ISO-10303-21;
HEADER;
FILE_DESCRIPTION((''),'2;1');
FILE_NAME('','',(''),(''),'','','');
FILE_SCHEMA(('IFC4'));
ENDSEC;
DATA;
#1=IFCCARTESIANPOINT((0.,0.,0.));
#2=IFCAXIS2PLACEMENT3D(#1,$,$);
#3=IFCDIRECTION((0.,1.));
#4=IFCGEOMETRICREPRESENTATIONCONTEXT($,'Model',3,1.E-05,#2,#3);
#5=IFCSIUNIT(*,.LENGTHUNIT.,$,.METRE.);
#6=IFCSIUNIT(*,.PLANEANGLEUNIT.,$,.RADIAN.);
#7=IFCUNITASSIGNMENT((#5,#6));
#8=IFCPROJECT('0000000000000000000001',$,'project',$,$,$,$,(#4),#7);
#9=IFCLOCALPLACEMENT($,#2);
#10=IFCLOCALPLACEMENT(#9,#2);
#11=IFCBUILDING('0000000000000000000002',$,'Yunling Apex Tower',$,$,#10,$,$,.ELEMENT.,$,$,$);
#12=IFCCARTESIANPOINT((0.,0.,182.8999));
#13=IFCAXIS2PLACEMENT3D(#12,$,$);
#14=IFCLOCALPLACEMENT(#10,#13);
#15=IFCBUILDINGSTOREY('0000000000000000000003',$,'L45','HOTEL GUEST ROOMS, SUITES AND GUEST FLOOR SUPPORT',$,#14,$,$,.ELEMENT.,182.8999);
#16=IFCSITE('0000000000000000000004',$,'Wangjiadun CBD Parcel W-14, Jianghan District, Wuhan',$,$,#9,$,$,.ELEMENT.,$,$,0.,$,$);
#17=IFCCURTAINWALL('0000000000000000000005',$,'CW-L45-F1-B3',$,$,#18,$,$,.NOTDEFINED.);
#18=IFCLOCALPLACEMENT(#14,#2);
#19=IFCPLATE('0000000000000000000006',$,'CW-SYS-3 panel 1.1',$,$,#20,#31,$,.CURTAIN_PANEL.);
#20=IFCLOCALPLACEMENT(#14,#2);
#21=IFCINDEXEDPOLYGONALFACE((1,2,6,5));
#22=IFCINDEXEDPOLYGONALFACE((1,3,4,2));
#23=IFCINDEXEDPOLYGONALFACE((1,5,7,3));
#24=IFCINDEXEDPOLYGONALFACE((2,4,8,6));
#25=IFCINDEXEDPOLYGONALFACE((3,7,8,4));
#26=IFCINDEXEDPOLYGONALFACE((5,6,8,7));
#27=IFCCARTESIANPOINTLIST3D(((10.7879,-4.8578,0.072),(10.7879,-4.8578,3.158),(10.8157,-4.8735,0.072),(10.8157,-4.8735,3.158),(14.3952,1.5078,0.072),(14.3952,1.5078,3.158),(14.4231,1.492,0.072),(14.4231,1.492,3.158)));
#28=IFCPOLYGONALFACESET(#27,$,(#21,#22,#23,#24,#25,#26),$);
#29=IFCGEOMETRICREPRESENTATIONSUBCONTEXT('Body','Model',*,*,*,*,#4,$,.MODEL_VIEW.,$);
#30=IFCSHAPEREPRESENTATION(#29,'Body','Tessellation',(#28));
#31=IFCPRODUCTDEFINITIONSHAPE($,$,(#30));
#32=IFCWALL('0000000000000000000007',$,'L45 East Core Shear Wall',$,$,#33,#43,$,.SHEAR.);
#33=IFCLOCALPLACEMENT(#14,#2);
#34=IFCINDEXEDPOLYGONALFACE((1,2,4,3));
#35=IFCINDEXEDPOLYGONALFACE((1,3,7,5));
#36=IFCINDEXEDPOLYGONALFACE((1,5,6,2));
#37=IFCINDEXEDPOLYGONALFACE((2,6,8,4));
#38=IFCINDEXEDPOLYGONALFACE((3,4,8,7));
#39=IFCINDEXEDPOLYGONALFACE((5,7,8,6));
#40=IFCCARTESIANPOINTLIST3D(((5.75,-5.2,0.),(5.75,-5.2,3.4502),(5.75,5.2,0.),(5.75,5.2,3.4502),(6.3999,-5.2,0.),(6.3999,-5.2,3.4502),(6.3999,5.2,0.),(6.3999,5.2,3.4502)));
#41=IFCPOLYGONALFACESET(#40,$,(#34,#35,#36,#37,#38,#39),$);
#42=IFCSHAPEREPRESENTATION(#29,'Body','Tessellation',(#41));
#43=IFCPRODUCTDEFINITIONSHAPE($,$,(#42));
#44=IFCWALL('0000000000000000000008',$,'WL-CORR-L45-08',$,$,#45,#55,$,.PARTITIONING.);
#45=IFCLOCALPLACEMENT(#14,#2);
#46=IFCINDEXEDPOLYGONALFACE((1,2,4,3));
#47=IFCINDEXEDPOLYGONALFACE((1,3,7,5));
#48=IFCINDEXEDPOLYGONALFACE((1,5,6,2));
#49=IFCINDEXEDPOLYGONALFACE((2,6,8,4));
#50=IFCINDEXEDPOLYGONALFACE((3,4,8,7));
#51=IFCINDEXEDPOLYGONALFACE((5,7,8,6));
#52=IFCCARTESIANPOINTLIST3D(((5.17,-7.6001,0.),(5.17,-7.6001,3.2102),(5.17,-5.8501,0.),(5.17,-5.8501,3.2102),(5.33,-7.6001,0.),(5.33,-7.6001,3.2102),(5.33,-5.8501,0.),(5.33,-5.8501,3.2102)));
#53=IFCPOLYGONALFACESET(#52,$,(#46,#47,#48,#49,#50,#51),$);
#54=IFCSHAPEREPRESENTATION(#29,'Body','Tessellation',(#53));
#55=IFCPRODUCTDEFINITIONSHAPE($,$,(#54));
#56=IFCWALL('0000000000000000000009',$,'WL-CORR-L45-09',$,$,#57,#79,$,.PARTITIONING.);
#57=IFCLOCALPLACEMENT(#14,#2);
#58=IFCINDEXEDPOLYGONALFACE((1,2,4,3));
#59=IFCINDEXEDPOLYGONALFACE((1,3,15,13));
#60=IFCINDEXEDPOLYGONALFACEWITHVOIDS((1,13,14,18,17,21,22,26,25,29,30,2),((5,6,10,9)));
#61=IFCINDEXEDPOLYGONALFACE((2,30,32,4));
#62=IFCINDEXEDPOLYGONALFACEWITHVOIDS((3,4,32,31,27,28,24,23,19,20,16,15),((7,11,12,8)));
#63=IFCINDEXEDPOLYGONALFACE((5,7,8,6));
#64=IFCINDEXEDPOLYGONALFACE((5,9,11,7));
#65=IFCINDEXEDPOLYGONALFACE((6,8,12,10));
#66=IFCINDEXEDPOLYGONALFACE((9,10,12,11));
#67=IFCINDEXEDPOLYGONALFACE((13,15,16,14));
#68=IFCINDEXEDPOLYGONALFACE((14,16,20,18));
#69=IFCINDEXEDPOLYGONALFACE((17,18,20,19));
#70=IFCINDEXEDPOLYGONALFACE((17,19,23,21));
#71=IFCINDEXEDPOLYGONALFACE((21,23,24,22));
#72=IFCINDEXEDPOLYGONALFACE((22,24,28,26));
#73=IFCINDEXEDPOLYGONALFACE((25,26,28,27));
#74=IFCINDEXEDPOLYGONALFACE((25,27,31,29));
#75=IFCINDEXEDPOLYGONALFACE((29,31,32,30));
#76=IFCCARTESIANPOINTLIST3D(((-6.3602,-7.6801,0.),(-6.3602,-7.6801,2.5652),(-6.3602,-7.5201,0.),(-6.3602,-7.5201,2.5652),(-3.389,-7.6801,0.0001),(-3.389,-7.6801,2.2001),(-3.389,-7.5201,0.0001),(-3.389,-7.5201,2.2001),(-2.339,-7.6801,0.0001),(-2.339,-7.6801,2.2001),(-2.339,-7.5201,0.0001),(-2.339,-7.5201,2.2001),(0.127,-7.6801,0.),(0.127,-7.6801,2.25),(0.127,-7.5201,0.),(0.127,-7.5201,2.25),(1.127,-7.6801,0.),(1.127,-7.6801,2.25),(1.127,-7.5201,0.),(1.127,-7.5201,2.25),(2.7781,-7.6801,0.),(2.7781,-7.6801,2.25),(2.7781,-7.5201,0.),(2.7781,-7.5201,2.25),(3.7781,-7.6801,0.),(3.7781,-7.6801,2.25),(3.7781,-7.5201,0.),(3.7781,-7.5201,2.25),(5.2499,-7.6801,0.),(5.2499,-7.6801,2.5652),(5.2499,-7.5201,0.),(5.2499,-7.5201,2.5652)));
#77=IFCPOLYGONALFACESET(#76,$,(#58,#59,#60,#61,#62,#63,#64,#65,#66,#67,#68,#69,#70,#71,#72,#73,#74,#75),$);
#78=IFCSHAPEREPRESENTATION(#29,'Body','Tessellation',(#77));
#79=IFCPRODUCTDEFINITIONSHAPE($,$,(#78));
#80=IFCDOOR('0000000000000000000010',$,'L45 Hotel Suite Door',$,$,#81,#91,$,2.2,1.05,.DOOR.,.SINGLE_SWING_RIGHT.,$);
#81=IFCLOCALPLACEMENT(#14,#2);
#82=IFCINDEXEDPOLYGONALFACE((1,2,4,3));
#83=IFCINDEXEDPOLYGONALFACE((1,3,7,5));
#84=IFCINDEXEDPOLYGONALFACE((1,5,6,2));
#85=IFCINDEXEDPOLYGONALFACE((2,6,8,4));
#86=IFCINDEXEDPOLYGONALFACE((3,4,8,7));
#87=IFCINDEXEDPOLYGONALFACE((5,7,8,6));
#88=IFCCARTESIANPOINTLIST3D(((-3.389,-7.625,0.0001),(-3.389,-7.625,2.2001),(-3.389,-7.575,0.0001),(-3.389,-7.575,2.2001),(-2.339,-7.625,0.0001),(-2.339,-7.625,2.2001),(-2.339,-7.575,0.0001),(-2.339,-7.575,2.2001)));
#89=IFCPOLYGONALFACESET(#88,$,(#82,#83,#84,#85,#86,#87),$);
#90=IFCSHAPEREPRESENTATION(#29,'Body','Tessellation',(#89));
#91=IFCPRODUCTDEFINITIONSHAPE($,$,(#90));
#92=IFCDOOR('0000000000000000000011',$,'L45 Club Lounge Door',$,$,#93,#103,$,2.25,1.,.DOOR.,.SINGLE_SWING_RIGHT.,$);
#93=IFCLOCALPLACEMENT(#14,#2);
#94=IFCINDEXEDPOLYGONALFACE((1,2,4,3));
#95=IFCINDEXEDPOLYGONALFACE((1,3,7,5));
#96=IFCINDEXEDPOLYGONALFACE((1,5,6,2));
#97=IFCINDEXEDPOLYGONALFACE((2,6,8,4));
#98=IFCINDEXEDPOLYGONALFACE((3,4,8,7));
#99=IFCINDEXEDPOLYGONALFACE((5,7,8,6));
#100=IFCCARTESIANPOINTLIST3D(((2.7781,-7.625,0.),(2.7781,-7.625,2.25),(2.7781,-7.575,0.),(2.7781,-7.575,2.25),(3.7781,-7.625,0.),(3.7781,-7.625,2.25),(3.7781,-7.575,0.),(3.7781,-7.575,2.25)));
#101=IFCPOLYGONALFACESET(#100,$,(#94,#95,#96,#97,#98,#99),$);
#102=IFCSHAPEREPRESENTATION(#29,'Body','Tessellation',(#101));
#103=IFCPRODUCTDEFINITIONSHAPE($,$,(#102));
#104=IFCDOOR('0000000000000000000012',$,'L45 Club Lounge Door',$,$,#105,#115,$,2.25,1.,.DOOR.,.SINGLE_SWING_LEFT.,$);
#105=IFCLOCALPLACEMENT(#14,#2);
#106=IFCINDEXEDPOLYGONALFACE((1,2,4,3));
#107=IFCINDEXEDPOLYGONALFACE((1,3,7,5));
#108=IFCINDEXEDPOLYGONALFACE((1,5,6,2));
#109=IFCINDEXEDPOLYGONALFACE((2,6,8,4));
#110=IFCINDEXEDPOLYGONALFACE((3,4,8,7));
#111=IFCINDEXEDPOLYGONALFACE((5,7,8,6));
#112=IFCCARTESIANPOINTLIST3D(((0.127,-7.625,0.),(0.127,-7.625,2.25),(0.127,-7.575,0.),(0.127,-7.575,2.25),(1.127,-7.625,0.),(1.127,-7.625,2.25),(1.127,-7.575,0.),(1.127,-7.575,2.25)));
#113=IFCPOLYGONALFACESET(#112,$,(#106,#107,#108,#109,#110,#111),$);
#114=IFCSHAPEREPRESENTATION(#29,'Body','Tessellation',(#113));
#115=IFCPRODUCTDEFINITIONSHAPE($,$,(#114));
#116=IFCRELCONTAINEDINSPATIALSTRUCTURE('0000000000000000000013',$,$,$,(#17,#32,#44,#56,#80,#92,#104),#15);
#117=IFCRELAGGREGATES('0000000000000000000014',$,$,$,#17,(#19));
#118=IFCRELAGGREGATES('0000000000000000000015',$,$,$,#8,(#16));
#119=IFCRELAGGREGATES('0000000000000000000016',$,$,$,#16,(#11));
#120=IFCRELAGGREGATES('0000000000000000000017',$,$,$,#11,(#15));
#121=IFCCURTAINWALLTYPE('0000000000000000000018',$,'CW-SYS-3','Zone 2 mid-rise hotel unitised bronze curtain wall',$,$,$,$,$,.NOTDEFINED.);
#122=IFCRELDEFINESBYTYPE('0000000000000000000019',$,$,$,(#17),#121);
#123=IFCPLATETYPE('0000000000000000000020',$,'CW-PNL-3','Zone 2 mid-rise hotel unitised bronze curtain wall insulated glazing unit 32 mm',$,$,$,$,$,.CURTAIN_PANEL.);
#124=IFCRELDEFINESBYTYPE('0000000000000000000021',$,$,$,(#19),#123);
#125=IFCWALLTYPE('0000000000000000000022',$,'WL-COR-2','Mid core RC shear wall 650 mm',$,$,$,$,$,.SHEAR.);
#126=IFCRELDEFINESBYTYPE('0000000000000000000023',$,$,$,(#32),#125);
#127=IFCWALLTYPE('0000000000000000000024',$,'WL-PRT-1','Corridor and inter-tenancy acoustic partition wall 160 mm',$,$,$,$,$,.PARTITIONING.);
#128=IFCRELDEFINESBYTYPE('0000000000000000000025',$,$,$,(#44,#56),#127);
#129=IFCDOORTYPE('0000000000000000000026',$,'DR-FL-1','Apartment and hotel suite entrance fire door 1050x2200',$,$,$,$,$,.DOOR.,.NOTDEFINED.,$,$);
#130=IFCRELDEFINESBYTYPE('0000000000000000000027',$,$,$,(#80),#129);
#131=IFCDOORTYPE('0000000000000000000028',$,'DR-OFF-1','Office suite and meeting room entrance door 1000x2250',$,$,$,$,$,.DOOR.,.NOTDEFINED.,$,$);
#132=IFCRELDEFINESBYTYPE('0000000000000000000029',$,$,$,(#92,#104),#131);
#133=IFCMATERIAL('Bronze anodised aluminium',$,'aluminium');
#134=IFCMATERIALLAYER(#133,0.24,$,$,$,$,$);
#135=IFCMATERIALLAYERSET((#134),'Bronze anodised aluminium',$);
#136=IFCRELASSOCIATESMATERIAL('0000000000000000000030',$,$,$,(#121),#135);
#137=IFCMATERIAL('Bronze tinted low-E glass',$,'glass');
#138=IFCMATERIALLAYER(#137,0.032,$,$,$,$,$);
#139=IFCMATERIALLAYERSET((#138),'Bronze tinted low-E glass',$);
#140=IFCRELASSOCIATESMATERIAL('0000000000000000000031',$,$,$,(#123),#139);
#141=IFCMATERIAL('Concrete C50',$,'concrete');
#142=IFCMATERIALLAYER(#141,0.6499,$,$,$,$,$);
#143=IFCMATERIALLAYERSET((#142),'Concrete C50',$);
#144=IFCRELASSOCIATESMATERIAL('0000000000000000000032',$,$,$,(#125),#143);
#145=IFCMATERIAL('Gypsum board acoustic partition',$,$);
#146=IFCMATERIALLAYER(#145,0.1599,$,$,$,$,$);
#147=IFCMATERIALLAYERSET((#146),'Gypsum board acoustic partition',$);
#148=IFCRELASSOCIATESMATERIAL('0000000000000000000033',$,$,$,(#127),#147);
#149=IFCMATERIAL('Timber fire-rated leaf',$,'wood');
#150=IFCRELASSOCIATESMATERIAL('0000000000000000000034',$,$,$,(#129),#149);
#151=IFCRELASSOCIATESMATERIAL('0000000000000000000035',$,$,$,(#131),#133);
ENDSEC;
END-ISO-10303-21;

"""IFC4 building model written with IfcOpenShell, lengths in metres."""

from ifc_helpers import new_model, si_unit, direction, frame, frame_2d, origin, origin_2d, place, context, subcontext, project, spatial, rectangle, extrude, source, transform, mapped, material, layer, layer_set, type_object, element, fill, aggregate, save


model = new_model("IFC4")

# Units and contexts
model_context = context("Model", 3, precision=1e-05, world=origin(), true_north=direction((0.0, 1.0)))
body_context = subcontext(model_context, "Body", "Model", "MODEL_VIEW")
ifc_project = project(units=[si_unit("LENGTHUNIT", "METRE"), si_unit("PLANEANGLEUNIT", "RADIAN")], contexts=[model_context])

# Site, building, storey
site_placement = place(None, origin())
site = spatial("IfcSite", under=ifc_project, at=site_placement, Name="Wangjiadun CBD Parcel W-14, Jianghan District, Wuhan", CompositionType="ELEMENT", RefElevation=0.0)
building_placement = place(site_placement, origin())
building = spatial("IfcBuilding", under=site, at=building_placement, Name="Yunling Apex Tower", CompositionType="ELEMENT")
storey_placement = place(building_placement, frame((0.0, 0.0, 182.8999)))
storey = spatial("IfcBuildingStorey", under=building, at=storey_placement, Name="L45", Description="HOTEL GUEST ROOMS, SUITES AND GUEST FLOOR SUPPORT", CompositionType="ELEMENT", Elevation=182.8999)

# Shared definitions
ifc_material_1 = material(Name="Concrete C50", Category="concrete")

# Curtain wall
ifc_material_2 = material(Name="Bronze anodised aluminium", Category="aluminium")
ifc_layer_1 = layer(ifc_material_2, 0.24)
ifc_layer_set_1 = layer_set([ifc_layer_1], Name="Bronze anodised aluminium")
curtain_wall_type = type_object("IfcCurtainWallType", Name="CW-SYS-3", Description="Zone 2 mid-rise hotel unitised bronze curtain wall", PredefinedType="NOTDEFINED", material=ifc_layer_set_1)
curtain_wall_1_placement = place(storey_placement, origin())
curtain_wall_1 = element("IfcCurtainWall", 1, at=curtain_wall_1_placement, inside=storey, type_object=curtain_wall_type, Name="CW-L45-F1-B3", PredefinedType="NOTDEFINED")

# Plate
ifc_material_3 = material(Name="Bronze tinted low-E glass", Category="glass")
ifc_layer_2 = layer(ifc_material_3, 0.032)
ifc_layer_set_2 = layer_set([ifc_layer_2], Name="Bronze tinted low-E glass")
plate_type = type_object("IfcPlateType", Name="CW-PNL-3", Description="Zone 2 mid-rise hotel unitised bronze curtain wall insulated glazing unit 32 mm", PredefinedType="CURTAIN_PANEL", material=ifc_layer_set_2)
shared_shape_1 = source(origin(), body_context, "Body", "SweptSolid", [
    extrude(rectangle(XDim=7.3167, YDim=0.032, at=origin_2d()), origin(), (0.0, 0.0, 1.0), 3.0859),
])
plate_1_placement = place(storey_placement, frame((12.6055, -1.6829, 0.072), z_axis=(0.0, 0.0, 1.0), x_axis=(0.493035, 0.870009, 0.0)))
plate_1 = element("IfcPlate", 2, at=plate_1_placement, type_object=plate_type, Name="CW-SYS-3 panel 1.1", PredefinedType="CURTAIN_PANEL", context=body_context, shape_type="MappedRepresentation", body=[
    mapped(shared_shape_1, transform((0.0, 0.0, 0.0), scale=1.0)),
])
aggregate(curtain_wall_1, [plate_1])

# Walls
ifc_layer_3 = layer(ifc_material_1, 0.6499)
ifc_layer_set_3 = layer_set([ifc_layer_3], Name="Concrete C50")
wall_type_1 = type_object("IfcWallType", Name="WL-COR-2", Description="Mid core RC shear wall 650 mm", PredefinedType="SHEAR", material=ifc_layer_set_3)
wall_1_placement = place(storey_placement, frame((6.075, -5.2, 0.0), z_axis=(0.0, 0.0, 1.0), x_axis=(0.0, 1.0, 0.0)))
element("IfcWall", 3, at=wall_1_placement, inside=storey, type_object=wall_type_1, Name="L45 East Core Shear Wall", PredefinedType="SHEAR", context=body_context, shape_type="SweptSolid", body=[
    extrude(rectangle(XDim=10.3999, YDim=0.6499, at=frame_2d((5.2, 0.0))), origin(), (0.0, 0.0, 1.0), 3.4502),
])
ifc_material_4 = material(Name="Gypsum board acoustic partition")
ifc_layer_4 = layer(ifc_material_4, 0.1599)
ifc_layer_set_4 = layer_set([ifc_layer_4], Name="Gypsum board acoustic partition")
wall_type_2 = type_object("IfcWallType", Name="WL-PRT-1", Description="Corridor and inter-tenancy acoustic partition wall 160 mm", PredefinedType="PARTITIONING", material=ifc_layer_set_4)
wall_2_placement = place(storey_placement, frame((5.25, -5.8501, 0.0), z_axis=(0.0, 0.0, 1.0), x_axis=(0.0, -1.0, 0.0)))
element("IfcWall", 4, at=wall_2_placement, inside=storey, type_object=wall_type_2, Name="WL-CORR-L45-08", PredefinedType="PARTITIONING", context=body_context, shape_type="SweptSolid", body=[
    extrude(rectangle(XDim=1.75, YDim=0.1599, at=frame_2d((0.875, 0.0))), origin(), (0.0, 0.0, 1.0), 3.2102),
])

# Wall, openings, doors
wall_3_placement = place(storey_placement, frame((5.25, -7.6001, 0.0), z_axis=(0.0, 0.0, 1.0), x_axis=(-1.0, 0.0, 0.0)))
wall_3 = element("IfcWall", 5, at=wall_3_placement, inside=storey, type_object=wall_type_2, Name="WL-CORR-L45-09", PredefinedType="PARTITIONING", context=body_context, shape_type="SweptSolid", body=[
    extrude(rectangle(XDim=11.6101, YDim=0.1599, at=frame_2d((5.8052, 0.0))), origin(), (0.0, 0.0, 1.0), 2.5652),
])
opening_1_placement = place(wall_3_placement, frame((1.4719, 0.0, 0.0)))
opening_1 = element("IfcOpeningElement", 6, at=opening_1_placement, cuts=wall_3, PredefinedType="OPENING", context=body_context, shape_type="SweptSolid", body=[
    extrude(rectangle(XDim=1.0, YDim=2.25, at=frame_2d((0.5, 1.125))), frame((0.0, 0.0898, 0.0), z_axis=(0.0, -1.0, 0.0), x_axis=(1.0, 0.0, 0.0)), (0.0, 0.0, 1.0), 0.1799),
])
opening_2_placement = place(wall_3_placement, frame((4.123, 0.0, 0.0)))
opening_2 = element("IfcOpeningElement", 7, at=opening_2_placement, cuts=wall_3, PredefinedType="OPENING", context=body_context, shape_type="SweptSolid", body=[
    extrude(rectangle(XDim=1.0, YDim=2.25, at=frame_2d((0.5, 1.125))), frame((0.0, 0.0898, 0.0), z_axis=(0.0, -1.0, 0.0), x_axis=(1.0, 0.0, 0.0)), (0.0, 0.0, 1.0), 0.1799),
])
opening_3_placement = place(wall_3_placement, frame((7.5891, 0.0, 0.0)))
opening_3 = element("IfcOpeningElement", 8, at=opening_3_placement, cuts=wall_3, PredefinedType="OPENING", context=body_context, shape_type="SweptSolid", body=[
    extrude(rectangle(XDim=1.05, YDim=2.2, at=frame_2d((0.5249, 1.1001))), frame((0.0, 0.0898, 0.0), z_axis=(0.0, -1.0, 0.0), x_axis=(1.0, 0.0, 0.0)), (0.0, 0.0, 1.0), 0.1799),
])
ifc_material_5 = material(Name="Timber fire-rated leaf", Category="wood")
door_type_1 = type_object("IfcDoorType", Name="DR-FL-1", Description="Apartment and hotel suite entrance fire door 1050x2200", OperationType="NOTDEFINED", PredefinedType="DOOR", material=ifc_material_5)
door_1_placement = place(opening_3_placement, origin())
door_1 = element("IfcDoor", 9, at=door_1_placement, inside=storey, type_object=door_type_1, Name="L45 Hotel Suite Door", OperationType="SINGLE_SWING_RIGHT", OverallHeight=2.2, OverallWidth=1.05, PredefinedType="DOOR", context=body_context, shape_type="SweptSolid", body=[
    extrude(rectangle(XDim=1.05, YDim=2.2, at=frame_2d((0.5249, 1.1001))), frame((0.0, 0.0249, 0.0), z_axis=(0.0, -1.0, 0.0), x_axis=(1.0, 0.0, 0.0)), (0.0, 0.0, 1.0), 0.05),
])
fill(opening_3, door_1)
door_type_2 = type_object("IfcDoorType", Name="DR-OFF-1", Description="Office suite and meeting room entrance door 1000x2250", OperationType="NOTDEFINED", PredefinedType="DOOR", material=ifc_material_2)
door_2_placement = place(opening_1_placement, origin())
door_2 = element("IfcDoor", 10, at=door_2_placement, inside=storey, type_object=door_type_2, Name="L45 Club Lounge Door", OperationType="SINGLE_SWING_RIGHT", OverallHeight=2.25, OverallWidth=1.0, PredefinedType="DOOR", context=body_context, shape_type="SweptSolid", body=[
    extrude(rectangle(XDim=1.0, YDim=2.25, at=frame_2d((0.5, 1.125))), frame((0.0, 0.0249, 0.0), z_axis=(0.0, -1.0, 0.0), x_axis=(1.0, 0.0, 0.0)), (0.0, 0.0, 1.0), 0.05),
])
fill(opening_1, door_2)
door_3_placement = place(opening_2_placement, origin())
door_3 = element("IfcDoor", 11, at=door_3_placement, inside=storey, type_object=door_type_2, Name="L45 Club Lounge Door", OperationType="SINGLE_SWING_LEFT", OverallHeight=2.25, OverallWidth=1.0, PredefinedType="DOOR", context=body_context, shape_type="SweptSolid", body=[
    extrude(rectangle(XDim=1.0, YDim=2.25, at=frame_2d((0.5, 1.125))), frame((0.0, 0.0249, 0.0), z_axis=(0.0, -1.0, 0.0), x_axis=(1.0, 0.0, 0.0)), (0.0, 0.0, 1.0), 0.05),
])
fill(opening_2, door_3)

save(model, "model.ifc")
